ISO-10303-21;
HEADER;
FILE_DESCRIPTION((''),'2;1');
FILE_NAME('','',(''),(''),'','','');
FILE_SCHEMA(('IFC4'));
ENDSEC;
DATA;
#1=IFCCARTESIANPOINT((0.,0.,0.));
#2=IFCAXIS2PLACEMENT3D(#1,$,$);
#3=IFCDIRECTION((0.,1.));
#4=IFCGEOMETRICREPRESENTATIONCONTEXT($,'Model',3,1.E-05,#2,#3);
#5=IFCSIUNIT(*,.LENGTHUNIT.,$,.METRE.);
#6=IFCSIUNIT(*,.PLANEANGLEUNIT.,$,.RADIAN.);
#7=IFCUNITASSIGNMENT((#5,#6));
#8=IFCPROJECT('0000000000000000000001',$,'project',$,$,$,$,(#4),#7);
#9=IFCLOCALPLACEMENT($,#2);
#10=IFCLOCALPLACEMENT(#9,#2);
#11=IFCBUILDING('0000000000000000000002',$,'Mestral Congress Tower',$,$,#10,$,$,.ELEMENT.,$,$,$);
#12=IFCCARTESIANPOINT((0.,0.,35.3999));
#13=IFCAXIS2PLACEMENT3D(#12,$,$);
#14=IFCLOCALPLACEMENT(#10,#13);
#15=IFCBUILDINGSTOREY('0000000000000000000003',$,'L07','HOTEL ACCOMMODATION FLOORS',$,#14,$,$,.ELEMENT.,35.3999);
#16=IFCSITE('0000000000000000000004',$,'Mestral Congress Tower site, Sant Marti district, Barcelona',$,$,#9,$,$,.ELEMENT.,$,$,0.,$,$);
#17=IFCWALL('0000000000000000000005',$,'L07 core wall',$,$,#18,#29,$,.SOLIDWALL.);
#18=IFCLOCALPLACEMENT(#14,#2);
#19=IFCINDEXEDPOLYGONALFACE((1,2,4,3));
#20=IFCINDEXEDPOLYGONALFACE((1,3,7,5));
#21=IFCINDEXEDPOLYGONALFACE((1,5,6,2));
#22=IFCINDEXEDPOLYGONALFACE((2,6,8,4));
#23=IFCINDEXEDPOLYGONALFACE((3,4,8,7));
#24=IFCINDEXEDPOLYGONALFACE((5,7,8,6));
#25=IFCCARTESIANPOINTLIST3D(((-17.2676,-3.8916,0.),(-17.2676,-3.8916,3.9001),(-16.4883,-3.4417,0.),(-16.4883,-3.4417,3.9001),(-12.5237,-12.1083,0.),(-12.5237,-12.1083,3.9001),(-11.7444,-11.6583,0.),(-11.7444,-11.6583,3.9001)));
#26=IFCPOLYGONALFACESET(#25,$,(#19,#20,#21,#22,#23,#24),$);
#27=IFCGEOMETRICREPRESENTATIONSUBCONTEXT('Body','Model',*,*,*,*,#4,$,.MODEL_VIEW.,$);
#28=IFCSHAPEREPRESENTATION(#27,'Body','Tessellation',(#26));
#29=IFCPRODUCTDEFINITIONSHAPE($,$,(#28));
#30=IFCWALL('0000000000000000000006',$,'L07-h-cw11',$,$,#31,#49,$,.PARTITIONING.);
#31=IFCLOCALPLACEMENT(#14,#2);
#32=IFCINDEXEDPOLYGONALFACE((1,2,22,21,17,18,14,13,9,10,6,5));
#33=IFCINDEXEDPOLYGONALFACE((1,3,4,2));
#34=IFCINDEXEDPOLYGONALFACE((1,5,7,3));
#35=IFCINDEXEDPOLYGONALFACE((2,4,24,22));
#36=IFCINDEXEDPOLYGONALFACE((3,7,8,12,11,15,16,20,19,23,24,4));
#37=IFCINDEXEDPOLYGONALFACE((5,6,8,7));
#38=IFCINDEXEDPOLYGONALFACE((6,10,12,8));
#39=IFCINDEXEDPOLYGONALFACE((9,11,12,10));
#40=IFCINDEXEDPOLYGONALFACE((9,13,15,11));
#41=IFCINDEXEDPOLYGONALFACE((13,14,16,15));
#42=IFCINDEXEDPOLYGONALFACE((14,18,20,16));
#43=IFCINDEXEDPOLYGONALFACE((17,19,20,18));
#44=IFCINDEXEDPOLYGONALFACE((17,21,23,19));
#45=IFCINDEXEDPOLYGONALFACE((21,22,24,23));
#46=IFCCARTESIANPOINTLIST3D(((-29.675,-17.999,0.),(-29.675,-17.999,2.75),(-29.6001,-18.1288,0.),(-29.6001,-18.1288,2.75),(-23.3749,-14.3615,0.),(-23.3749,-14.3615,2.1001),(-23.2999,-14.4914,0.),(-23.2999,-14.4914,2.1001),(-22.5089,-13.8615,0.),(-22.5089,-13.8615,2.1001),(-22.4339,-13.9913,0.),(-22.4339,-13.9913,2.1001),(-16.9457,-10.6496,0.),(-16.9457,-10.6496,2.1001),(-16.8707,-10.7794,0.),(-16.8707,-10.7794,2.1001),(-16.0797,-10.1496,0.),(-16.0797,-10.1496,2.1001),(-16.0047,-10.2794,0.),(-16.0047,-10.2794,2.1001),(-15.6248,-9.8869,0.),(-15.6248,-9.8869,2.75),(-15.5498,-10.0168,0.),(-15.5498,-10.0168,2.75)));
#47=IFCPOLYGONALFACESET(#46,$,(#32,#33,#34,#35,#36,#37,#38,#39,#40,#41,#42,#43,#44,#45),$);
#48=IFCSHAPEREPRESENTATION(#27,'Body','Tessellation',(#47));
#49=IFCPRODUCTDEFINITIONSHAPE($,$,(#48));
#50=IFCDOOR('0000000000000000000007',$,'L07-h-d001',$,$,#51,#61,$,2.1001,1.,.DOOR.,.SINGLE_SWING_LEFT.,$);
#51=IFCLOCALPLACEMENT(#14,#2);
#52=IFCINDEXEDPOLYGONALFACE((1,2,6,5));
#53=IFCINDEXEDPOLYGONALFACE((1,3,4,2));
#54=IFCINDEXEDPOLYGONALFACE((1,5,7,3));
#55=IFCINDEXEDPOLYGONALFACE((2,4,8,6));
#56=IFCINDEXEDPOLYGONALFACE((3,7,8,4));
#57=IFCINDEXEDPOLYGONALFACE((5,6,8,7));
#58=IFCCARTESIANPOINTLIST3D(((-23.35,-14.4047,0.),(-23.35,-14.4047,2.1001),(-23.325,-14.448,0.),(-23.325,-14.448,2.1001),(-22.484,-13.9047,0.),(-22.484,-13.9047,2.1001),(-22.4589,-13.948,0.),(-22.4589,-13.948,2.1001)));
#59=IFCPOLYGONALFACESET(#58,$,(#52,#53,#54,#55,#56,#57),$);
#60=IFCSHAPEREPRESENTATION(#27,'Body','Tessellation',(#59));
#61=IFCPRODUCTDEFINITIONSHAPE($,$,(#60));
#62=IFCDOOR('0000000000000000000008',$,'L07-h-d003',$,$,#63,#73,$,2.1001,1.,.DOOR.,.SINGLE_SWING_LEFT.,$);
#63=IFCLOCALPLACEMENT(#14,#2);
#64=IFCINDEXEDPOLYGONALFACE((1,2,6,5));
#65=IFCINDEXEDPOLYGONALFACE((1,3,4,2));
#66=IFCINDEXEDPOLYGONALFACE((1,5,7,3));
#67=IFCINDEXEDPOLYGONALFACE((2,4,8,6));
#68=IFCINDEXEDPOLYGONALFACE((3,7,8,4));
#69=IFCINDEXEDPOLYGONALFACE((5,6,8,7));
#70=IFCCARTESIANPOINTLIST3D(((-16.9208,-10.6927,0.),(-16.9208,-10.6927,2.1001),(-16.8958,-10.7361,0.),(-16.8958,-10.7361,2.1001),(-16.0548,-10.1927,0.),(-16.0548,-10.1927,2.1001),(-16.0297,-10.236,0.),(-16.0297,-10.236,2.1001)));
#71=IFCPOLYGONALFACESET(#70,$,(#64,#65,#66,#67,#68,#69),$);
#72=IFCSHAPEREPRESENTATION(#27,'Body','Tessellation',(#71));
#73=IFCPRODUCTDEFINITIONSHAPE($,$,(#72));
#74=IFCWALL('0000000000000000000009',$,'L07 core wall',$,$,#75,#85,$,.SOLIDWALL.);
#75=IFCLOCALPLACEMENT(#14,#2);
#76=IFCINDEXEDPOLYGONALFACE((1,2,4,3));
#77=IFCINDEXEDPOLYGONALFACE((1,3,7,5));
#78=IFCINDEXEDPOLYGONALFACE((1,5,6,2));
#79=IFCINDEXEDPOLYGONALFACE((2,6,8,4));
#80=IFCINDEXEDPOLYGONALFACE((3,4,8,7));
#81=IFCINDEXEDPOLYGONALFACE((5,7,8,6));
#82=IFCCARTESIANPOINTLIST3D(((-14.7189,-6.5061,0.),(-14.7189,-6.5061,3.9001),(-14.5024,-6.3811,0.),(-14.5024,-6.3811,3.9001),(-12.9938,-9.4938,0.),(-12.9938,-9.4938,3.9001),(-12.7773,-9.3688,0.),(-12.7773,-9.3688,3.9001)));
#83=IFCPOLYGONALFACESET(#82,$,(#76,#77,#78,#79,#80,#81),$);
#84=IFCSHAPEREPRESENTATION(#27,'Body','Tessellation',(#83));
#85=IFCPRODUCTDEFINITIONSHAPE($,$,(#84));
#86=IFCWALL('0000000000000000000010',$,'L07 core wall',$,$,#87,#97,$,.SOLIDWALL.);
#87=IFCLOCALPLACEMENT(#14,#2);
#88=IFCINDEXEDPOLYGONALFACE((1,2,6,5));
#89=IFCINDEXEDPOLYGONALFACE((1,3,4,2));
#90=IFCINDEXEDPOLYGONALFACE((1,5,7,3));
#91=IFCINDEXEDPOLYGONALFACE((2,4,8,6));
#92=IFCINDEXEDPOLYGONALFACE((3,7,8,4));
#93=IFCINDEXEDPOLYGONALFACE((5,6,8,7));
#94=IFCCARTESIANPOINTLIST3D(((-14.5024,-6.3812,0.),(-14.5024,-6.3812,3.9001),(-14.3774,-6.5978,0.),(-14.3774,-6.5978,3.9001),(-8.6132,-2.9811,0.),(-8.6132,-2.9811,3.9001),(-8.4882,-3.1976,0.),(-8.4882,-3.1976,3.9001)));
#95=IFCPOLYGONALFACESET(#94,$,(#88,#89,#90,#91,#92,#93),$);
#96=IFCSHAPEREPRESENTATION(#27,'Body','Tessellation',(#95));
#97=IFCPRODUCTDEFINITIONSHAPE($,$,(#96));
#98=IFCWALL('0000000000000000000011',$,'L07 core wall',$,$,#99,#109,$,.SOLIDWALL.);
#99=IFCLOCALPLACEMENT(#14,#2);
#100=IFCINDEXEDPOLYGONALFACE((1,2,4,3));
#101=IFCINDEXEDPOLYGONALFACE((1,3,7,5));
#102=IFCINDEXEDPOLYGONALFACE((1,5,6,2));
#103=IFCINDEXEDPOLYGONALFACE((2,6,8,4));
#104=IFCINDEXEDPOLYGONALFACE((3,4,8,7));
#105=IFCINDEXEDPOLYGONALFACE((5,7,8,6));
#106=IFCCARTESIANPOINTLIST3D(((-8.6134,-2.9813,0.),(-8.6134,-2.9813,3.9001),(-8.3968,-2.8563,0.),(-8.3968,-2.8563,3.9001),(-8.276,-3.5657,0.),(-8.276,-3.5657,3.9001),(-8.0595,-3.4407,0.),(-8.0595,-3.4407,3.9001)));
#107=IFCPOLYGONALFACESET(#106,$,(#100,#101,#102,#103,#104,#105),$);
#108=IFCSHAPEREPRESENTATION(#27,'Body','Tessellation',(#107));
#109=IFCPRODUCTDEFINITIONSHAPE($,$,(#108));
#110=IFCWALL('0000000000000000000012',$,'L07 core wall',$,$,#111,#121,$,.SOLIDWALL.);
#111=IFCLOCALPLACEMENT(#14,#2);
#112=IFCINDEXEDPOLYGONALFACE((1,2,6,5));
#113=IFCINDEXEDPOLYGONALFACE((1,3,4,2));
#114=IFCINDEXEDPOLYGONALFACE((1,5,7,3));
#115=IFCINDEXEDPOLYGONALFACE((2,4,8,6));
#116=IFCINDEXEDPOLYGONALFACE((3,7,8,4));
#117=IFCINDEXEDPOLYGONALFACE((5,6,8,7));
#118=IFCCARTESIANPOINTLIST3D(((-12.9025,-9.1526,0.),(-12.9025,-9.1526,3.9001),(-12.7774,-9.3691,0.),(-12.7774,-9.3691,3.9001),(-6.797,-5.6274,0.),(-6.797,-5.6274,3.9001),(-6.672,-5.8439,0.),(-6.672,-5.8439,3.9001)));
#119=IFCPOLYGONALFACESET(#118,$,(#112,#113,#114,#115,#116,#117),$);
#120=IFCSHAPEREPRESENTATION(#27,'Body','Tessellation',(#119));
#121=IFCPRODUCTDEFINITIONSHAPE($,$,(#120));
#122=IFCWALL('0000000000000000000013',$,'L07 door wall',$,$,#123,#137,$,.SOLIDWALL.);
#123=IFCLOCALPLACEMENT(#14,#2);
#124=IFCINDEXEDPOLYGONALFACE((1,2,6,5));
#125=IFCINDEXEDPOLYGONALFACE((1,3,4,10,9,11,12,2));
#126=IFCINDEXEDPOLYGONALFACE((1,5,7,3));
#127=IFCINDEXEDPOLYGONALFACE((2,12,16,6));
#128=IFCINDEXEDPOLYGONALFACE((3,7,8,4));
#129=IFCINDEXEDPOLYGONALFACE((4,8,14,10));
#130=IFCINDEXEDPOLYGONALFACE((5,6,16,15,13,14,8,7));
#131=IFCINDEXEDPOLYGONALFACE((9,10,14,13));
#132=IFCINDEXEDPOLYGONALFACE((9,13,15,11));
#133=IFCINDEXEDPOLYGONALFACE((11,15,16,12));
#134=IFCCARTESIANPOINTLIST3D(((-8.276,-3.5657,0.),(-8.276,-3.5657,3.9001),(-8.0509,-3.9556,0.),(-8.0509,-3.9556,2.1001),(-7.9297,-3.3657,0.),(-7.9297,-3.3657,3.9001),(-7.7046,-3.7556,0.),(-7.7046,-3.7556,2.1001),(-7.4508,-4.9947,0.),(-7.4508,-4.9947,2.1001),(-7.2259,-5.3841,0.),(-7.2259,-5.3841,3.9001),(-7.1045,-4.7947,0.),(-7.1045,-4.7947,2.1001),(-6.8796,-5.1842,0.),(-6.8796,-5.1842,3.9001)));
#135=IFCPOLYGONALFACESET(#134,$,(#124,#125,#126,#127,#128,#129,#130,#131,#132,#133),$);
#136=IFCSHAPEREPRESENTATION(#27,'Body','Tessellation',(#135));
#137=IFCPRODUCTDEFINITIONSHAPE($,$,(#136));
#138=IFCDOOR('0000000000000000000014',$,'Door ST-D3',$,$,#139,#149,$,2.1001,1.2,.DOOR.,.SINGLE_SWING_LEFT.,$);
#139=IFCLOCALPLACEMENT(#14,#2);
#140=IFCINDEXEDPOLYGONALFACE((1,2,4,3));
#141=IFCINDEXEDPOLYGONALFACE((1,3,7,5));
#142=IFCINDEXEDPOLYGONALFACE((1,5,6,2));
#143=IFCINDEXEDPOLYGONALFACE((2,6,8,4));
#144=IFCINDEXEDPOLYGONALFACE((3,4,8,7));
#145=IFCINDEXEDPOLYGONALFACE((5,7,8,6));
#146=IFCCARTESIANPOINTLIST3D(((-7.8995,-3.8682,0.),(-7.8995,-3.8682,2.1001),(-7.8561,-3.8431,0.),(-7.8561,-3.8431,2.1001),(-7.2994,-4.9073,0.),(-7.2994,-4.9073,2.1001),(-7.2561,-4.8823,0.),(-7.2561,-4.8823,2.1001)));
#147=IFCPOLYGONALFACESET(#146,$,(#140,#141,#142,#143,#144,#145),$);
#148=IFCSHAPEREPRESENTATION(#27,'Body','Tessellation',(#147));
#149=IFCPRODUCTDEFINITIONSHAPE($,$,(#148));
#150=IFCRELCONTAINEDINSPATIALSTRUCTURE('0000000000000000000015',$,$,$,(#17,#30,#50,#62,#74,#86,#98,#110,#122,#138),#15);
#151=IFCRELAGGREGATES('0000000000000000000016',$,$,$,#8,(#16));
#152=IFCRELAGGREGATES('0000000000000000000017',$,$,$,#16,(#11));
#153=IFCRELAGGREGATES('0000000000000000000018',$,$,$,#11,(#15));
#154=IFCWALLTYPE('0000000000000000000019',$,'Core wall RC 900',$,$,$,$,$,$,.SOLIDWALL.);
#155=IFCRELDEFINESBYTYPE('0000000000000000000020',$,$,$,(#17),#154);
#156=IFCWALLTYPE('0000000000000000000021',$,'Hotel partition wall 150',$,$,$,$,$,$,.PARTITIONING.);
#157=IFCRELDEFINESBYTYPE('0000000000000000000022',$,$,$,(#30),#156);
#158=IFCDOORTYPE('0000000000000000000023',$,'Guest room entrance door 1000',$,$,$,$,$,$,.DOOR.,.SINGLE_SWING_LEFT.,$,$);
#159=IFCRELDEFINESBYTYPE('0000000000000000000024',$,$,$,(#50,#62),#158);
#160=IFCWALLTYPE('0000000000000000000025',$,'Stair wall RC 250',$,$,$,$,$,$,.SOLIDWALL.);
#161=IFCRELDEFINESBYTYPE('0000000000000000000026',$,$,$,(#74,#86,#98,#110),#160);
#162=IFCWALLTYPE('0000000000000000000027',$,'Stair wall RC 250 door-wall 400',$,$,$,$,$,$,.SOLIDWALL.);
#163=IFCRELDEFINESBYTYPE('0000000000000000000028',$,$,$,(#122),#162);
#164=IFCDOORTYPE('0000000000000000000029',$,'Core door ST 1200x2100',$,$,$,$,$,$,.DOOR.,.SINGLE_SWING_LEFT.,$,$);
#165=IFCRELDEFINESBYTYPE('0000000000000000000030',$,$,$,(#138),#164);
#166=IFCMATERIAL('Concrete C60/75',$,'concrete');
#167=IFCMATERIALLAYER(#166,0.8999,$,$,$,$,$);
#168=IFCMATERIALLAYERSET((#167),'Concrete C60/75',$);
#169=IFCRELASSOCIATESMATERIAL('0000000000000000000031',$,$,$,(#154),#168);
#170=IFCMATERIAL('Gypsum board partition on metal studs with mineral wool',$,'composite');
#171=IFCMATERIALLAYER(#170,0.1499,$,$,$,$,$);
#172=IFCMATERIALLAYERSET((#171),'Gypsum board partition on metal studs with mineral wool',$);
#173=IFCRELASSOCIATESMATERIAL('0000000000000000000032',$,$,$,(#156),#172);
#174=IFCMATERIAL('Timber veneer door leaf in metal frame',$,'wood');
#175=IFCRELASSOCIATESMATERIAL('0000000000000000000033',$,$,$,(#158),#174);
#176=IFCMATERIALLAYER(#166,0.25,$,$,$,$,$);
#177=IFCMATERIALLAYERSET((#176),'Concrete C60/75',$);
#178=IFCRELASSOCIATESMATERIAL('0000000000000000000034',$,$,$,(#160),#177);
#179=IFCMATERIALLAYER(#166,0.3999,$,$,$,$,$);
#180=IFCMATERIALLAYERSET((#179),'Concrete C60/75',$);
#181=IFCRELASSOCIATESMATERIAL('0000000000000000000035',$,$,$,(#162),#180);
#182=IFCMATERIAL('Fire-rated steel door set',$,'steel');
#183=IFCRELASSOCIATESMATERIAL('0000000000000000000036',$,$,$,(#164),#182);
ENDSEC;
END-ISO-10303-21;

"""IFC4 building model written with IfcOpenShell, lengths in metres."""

from ifc_helpers import new_model, si_unit, direction, frame, frame_2d, origin, place, context, subcontext, project, spatial, rectangle, extrude, material, layer, layer_set, type_object, element, fill, save


model = new_model("IFC4")

# Units and contexts
model_context = context("Model", 3, precision=1e-05, world=origin(), true_north=direction((0.0, 1.0)))
body_context = subcontext(model_context, "Body", "Model", "MODEL_VIEW")
ifc_project = project(units=[si_unit("LENGTHUNIT", "METRE"), si_unit("PLANEANGLEUNIT", "RADIAN")], contexts=[model_context])

# Site, building, storey
site_placement = place(None, origin())
site = spatial("IfcSite", under=ifc_project, at=site_placement, Name="Mestral Congress Tower site, Sant Marti district, Barcelona", CompositionType="ELEMENT", RefElevation=0.0)
building_placement = place(site_placement, origin())
building = spatial("IfcBuilding", under=site, at=building_placement, Name="Mestral Congress Tower", CompositionType="ELEMENT")
storey_placement = place(building_placement, frame((0.0, 0.0, 35.3999)))
storey = spatial("IfcBuildingStorey", under=building, at=storey_placement, Name="L07", Description="HOTEL ACCOMMODATION FLOORS", CompositionType="ELEMENT", Elevation=35.3999)

# Wall
ifc_material_1 = material(Name="Concrete C60/75", Category="concrete")
ifc_layer_1 = layer(ifc_material_1, 0.8999)
ifc_layer_set_1 = layer_set([ifc_layer_1], Name="Concrete C60/75")
wall_type_1 = type_object("IfcWallType", Name="Core wall RC 900", PredefinedType="SOLIDWALL", material=ifc_layer_set_1)
wall_1_placement = place(storey_placement, frame((-12.134, -11.8833, 0.0), z_axis=(0.0, 0.0, 1.0), x_axis=(-0.500005, 0.866022, 0.0)))
element("IfcWall", 1, at=wall_1_placement, inside=storey, type_object=wall_type_1, Name="L07 core wall", PredefinedType="SOLIDWALL", context=body_context, shape_type="SweptSolid", body=[
    extrude(rectangle(XDim=9.4878, YDim=0.8999, at=frame_2d((4.7439, 0.0))), origin(), (0.0, 0.0, 1.0), 3.9001),
])

# Wall, openings, doors
ifc_material_2 = material(Name="Gypsum board partition on metal studs with mineral wool", Category="composite")
ifc_layer_2 = layer(ifc_material_2, 0.1499)
ifc_layer_set_2 = layer_set([ifc_layer_2], Name="Gypsum board partition on metal studs with mineral wool")
wall_type_2 = type_object("IfcWallType", Name="Hotel partition wall 150", PredefinedType="PARTITIONING", material=ifc_layer_set_2)
wall_2_placement = place(storey_placement, frame((-15.5874, -9.9519, 0.0), z_axis=(0.0, 0.0, 1.0), x_axis=(-0.866022, -0.500006, 0.0)))
wall_2 = element("IfcWall", 2, at=wall_2_placement, inside=storey, type_object=wall_type_2, Name="L07-h-cw11", PredefinedType="PARTITIONING", context=body_context, shape_type="SweptSolid", body=[
    extrude(rectangle(XDim=16.2239, YDim=0.1499, at=frame_2d((8.1118, 0.0))), origin(), (0.0, 0.0, 1.0), 2.75),
])
opening_1_placement = place(wall_2_placement, frame((7.949, 0.0, 0.0)))
opening_1 = element("IfcOpeningElement", 3, at=opening_1_placement, cuts=wall_2, PredefinedType="OPENING", context=body_context, shape_type="SweptSolid", body=[
    extrude(rectangle(XDim=1.0, YDim=2.1001, at=frame_2d((0.5, 1.05))), frame((0.0, 0.085, 0.0), z_axis=(0.0, -1.0, 0.0), x_axis=(1.0, 0.0, 0.0)), (0.0, 0.0, 1.0), 0.1699),
])
opening_2_placement = place(wall_2_placement, frame((0.5251, 0.0, 0.0)))
opening_2 = element("IfcOpeningElement", 4, at=opening_2_placement, cuts=wall_2, PredefinedType="OPENING", context=body_context, shape_type="SweptSolid", body=[
    extrude(rectangle(XDim=1.0, YDim=2.1001, at=frame_2d((0.5, 1.05))), frame((0.0, 0.085, 0.0), z_axis=(0.0, -1.0, 0.0), x_axis=(1.0, 0.0, 0.0)), (0.0, 0.0, 1.0), 0.1699),
])
ifc_material_3 = material(Name="Timber veneer door leaf in metal frame", Category="wood")
door_type_1 = type_object("IfcDoorType", Name="Guest room entrance door 1000", OperationType="SINGLE_SWING_LEFT", PredefinedType="DOOR", material=ifc_material_3)
door_1_placement = place(opening_1_placement, origin())
door_1 = element("IfcDoor", 5, at=door_1_placement, inside=storey, type_object=door_type_1, Name="L07-h-d001", OperationType="SINGLE_SWING_LEFT", OverallHeight=2.1001, OverallWidth=1.0, PredefinedType="DOOR", context=body_context, shape_type="SweptSolid", body=[
    extrude(rectangle(XDim=1.0, YDim=2.1001, at=frame_2d((0.5, 1.05))), frame((0.0, 0.0249, 0.0), z_axis=(0.0, -1.0, 0.0), x_axis=(1.0, 0.0, 0.0)), (0.0, 0.0, 1.0), 0.05),
])
fill(opening_1, door_1)
door_2_placement = place(opening_2_placement, origin())
door_2 = element("IfcDoor", 6, at=door_2_placement, inside=storey, type_object=door_type_1, Name="L07-h-d003", OperationType="SINGLE_SWING_LEFT", OverallHeight=2.1001, OverallWidth=1.0, PredefinedType="DOOR", context=body_context, shape_type="SweptSolid", body=[
    extrude(rectangle(XDim=1.0, YDim=2.1001, at=frame_2d((0.5, 1.05))), frame((0.0, 0.0249, 0.0), z_axis=(0.0, -1.0, 0.0), x_axis=(1.0, 0.0, 0.0)), (0.0, 0.0, 1.0), 0.05),
])
fill(opening_2, door_2)

# Walls
ifc_layer_3 = layer(ifc_material_1, 0.25)
ifc_layer_set_3 = layer_set([ifc_layer_3], Name="Concrete C60/75")
wall_type_3 = type_object("IfcWallType", Name="Stair wall RC 250", PredefinedType="SOLIDWALL", material=ifc_layer_set_3)
wall_3_placement = place(storey_placement, frame((-12.8855, -9.4314, 0.0), z_axis=(0.0, 0.0, 1.0), x_axis=(-0.500021, 0.866014, 0.0)))
element("IfcWall", 7, at=wall_3_placement, inside=storey, type_object=wall_type_3, Name="L07 core wall", PredefinedType="SOLIDWALL", context=body_context, shape_type="SweptSolid", body=[
    extrude(rectangle(XDim=3.45, YDim=0.25, at=frame_2d((1.7251, 0.0))), origin(), (0.0, 0.0, 1.0), 3.9001),
])
wall_4_placement = place(storey_placement, frame((-14.4399, -6.4895, 0.0), z_axis=(0.0, 0.0, 1.0), x_axis=(0.866023, 0.500004, 0.0)))
element("IfcWall", 8, at=wall_4_placement, inside=storey, type_object=wall_type_3, Name="L07 core wall", PredefinedType="SOLIDWALL", context=body_context, shape_type="SweptSolid", body=[
    extrude(rectangle(XDim=6.8003, YDim=0.25, at=frame_2d((3.4001, 0.0))), origin(), (0.0, 0.0, 1.0), 3.9001),
])
wall_5_placement = place(storey_placement, frame((-8.1677, -3.5032, 0.0), z_axis=(0.0, 0.0, 1.0), x_axis=(-0.499952, 0.866053, 0.0)))
element("IfcWall", 9, at=wall_5_placement, inside=storey, type_object=wall_type_3, Name="L07 core wall", PredefinedType="SOLIDWALL", context=body_context, shape_type="SweptSolid", body=[
    extrude(rectangle(XDim=0.6748, YDim=0.25, at=frame_2d((0.3374, 0.0))), origin(), (0.0, 0.0, 1.0), 3.9001),
])
wall_6_placement = place(storey_placement, frame((-12.8398, -9.2607, 0.0), z_axis=(0.0, 0.0, 1.0), x_axis=(0.866016, 0.500016, 0.0)))
element("IfcWall", 10, at=wall_6_placement, inside=storey, type_object=wall_type_3, Name="L07 core wall", PredefinedType="SOLIDWALL", context=body_context, shape_type="SweptSolid", body=[
    extrude(rectangle(XDim=7.05, YDim=0.25, at=frame_2d((3.5249, 0.0))), origin(), (0.0, 0.0, 1.0), 3.9001),
])

# Wall, opening, door
ifc_layer_4 = layer(ifc_material_1, 0.3999)
ifc_layer_set_4 = layer_set([ifc_layer_4], Name="Concrete C60/75")
wall_type_4 = type_object("IfcWallType", Name="Stair wall RC 250 door-wall 400", PredefinedType="SOLIDWALL", material=ifc_layer_set_4)
wall_7_placement = place(storey_placement, frame((-8.1028, -3.4658, 0.0), z_axis=(0.0, 0.0, 1.0), x_axis=(0.500078, -0.86598, 0.0)))
wall_7 = element("IfcWall", 11, at=wall_7_placement, inside=storey, type_object=wall_type_4, Name="L07 door wall", PredefinedType="SOLIDWALL", context=body_context, shape_type="SweptSolid", body=[
    extrude(rectangle(XDim=2.0999, YDim=0.3999, at=frame_2d((1.0498, 0.0))), origin(), (0.0, 0.0, 1.0), 3.9001),
])
opening_3_placement = place(wall_7_placement, frame((0.45, 0.0, 0.0)))
opening_3 = element("IfcOpeningElement", 12, at=opening_3_placement, cuts=wall_7, PredefinedType="OPENING", context=body_context, shape_type="SweptSolid", body=[
    extrude(rectangle(XDim=1.2, YDim=2.1001, at=frame_2d((0.6001, 1.05))), frame((0.0, 0.21, 0.0), z_axis=(0.0, -1.0, 0.0), x_axis=(1.0, 0.0, 0.0)), (0.0, 0.0, 1.0), 0.4199),
])
ifc_material_4 = material(Name="Fire-rated steel door set", Category="steel")
door_type_2 = type_object("IfcDoorType", Name="Core door ST 1200x2100", OperationType="SINGLE_SWING_LEFT", PredefinedType="DOOR", material=ifc_material_4)
door_3_placement = place(opening_3_placement, origin())
door_3 = element("IfcDoor", 13, at=door_3_placement, inside=storey, type_object=door_type_2, Name="Door ST-D3", OperationType="SINGLE_SWING_LEFT", OverallHeight=2.1001, OverallWidth=1.2, PredefinedType="DOOR", context=body_context, shape_type="SweptSolid", body=[
    extrude(rectangle(XDim=1.2, YDim=2.1001, at=frame_2d((0.6001, 1.05))), frame((0.0, 0.0249, 0.0), z_axis=(0.0, -1.0, 0.0), x_axis=(1.0, 0.0, 0.0)), (0.0, 0.0, 1.0), 0.05),
])
fill(opening_3, door_3)

save(model, "model.ifc")
